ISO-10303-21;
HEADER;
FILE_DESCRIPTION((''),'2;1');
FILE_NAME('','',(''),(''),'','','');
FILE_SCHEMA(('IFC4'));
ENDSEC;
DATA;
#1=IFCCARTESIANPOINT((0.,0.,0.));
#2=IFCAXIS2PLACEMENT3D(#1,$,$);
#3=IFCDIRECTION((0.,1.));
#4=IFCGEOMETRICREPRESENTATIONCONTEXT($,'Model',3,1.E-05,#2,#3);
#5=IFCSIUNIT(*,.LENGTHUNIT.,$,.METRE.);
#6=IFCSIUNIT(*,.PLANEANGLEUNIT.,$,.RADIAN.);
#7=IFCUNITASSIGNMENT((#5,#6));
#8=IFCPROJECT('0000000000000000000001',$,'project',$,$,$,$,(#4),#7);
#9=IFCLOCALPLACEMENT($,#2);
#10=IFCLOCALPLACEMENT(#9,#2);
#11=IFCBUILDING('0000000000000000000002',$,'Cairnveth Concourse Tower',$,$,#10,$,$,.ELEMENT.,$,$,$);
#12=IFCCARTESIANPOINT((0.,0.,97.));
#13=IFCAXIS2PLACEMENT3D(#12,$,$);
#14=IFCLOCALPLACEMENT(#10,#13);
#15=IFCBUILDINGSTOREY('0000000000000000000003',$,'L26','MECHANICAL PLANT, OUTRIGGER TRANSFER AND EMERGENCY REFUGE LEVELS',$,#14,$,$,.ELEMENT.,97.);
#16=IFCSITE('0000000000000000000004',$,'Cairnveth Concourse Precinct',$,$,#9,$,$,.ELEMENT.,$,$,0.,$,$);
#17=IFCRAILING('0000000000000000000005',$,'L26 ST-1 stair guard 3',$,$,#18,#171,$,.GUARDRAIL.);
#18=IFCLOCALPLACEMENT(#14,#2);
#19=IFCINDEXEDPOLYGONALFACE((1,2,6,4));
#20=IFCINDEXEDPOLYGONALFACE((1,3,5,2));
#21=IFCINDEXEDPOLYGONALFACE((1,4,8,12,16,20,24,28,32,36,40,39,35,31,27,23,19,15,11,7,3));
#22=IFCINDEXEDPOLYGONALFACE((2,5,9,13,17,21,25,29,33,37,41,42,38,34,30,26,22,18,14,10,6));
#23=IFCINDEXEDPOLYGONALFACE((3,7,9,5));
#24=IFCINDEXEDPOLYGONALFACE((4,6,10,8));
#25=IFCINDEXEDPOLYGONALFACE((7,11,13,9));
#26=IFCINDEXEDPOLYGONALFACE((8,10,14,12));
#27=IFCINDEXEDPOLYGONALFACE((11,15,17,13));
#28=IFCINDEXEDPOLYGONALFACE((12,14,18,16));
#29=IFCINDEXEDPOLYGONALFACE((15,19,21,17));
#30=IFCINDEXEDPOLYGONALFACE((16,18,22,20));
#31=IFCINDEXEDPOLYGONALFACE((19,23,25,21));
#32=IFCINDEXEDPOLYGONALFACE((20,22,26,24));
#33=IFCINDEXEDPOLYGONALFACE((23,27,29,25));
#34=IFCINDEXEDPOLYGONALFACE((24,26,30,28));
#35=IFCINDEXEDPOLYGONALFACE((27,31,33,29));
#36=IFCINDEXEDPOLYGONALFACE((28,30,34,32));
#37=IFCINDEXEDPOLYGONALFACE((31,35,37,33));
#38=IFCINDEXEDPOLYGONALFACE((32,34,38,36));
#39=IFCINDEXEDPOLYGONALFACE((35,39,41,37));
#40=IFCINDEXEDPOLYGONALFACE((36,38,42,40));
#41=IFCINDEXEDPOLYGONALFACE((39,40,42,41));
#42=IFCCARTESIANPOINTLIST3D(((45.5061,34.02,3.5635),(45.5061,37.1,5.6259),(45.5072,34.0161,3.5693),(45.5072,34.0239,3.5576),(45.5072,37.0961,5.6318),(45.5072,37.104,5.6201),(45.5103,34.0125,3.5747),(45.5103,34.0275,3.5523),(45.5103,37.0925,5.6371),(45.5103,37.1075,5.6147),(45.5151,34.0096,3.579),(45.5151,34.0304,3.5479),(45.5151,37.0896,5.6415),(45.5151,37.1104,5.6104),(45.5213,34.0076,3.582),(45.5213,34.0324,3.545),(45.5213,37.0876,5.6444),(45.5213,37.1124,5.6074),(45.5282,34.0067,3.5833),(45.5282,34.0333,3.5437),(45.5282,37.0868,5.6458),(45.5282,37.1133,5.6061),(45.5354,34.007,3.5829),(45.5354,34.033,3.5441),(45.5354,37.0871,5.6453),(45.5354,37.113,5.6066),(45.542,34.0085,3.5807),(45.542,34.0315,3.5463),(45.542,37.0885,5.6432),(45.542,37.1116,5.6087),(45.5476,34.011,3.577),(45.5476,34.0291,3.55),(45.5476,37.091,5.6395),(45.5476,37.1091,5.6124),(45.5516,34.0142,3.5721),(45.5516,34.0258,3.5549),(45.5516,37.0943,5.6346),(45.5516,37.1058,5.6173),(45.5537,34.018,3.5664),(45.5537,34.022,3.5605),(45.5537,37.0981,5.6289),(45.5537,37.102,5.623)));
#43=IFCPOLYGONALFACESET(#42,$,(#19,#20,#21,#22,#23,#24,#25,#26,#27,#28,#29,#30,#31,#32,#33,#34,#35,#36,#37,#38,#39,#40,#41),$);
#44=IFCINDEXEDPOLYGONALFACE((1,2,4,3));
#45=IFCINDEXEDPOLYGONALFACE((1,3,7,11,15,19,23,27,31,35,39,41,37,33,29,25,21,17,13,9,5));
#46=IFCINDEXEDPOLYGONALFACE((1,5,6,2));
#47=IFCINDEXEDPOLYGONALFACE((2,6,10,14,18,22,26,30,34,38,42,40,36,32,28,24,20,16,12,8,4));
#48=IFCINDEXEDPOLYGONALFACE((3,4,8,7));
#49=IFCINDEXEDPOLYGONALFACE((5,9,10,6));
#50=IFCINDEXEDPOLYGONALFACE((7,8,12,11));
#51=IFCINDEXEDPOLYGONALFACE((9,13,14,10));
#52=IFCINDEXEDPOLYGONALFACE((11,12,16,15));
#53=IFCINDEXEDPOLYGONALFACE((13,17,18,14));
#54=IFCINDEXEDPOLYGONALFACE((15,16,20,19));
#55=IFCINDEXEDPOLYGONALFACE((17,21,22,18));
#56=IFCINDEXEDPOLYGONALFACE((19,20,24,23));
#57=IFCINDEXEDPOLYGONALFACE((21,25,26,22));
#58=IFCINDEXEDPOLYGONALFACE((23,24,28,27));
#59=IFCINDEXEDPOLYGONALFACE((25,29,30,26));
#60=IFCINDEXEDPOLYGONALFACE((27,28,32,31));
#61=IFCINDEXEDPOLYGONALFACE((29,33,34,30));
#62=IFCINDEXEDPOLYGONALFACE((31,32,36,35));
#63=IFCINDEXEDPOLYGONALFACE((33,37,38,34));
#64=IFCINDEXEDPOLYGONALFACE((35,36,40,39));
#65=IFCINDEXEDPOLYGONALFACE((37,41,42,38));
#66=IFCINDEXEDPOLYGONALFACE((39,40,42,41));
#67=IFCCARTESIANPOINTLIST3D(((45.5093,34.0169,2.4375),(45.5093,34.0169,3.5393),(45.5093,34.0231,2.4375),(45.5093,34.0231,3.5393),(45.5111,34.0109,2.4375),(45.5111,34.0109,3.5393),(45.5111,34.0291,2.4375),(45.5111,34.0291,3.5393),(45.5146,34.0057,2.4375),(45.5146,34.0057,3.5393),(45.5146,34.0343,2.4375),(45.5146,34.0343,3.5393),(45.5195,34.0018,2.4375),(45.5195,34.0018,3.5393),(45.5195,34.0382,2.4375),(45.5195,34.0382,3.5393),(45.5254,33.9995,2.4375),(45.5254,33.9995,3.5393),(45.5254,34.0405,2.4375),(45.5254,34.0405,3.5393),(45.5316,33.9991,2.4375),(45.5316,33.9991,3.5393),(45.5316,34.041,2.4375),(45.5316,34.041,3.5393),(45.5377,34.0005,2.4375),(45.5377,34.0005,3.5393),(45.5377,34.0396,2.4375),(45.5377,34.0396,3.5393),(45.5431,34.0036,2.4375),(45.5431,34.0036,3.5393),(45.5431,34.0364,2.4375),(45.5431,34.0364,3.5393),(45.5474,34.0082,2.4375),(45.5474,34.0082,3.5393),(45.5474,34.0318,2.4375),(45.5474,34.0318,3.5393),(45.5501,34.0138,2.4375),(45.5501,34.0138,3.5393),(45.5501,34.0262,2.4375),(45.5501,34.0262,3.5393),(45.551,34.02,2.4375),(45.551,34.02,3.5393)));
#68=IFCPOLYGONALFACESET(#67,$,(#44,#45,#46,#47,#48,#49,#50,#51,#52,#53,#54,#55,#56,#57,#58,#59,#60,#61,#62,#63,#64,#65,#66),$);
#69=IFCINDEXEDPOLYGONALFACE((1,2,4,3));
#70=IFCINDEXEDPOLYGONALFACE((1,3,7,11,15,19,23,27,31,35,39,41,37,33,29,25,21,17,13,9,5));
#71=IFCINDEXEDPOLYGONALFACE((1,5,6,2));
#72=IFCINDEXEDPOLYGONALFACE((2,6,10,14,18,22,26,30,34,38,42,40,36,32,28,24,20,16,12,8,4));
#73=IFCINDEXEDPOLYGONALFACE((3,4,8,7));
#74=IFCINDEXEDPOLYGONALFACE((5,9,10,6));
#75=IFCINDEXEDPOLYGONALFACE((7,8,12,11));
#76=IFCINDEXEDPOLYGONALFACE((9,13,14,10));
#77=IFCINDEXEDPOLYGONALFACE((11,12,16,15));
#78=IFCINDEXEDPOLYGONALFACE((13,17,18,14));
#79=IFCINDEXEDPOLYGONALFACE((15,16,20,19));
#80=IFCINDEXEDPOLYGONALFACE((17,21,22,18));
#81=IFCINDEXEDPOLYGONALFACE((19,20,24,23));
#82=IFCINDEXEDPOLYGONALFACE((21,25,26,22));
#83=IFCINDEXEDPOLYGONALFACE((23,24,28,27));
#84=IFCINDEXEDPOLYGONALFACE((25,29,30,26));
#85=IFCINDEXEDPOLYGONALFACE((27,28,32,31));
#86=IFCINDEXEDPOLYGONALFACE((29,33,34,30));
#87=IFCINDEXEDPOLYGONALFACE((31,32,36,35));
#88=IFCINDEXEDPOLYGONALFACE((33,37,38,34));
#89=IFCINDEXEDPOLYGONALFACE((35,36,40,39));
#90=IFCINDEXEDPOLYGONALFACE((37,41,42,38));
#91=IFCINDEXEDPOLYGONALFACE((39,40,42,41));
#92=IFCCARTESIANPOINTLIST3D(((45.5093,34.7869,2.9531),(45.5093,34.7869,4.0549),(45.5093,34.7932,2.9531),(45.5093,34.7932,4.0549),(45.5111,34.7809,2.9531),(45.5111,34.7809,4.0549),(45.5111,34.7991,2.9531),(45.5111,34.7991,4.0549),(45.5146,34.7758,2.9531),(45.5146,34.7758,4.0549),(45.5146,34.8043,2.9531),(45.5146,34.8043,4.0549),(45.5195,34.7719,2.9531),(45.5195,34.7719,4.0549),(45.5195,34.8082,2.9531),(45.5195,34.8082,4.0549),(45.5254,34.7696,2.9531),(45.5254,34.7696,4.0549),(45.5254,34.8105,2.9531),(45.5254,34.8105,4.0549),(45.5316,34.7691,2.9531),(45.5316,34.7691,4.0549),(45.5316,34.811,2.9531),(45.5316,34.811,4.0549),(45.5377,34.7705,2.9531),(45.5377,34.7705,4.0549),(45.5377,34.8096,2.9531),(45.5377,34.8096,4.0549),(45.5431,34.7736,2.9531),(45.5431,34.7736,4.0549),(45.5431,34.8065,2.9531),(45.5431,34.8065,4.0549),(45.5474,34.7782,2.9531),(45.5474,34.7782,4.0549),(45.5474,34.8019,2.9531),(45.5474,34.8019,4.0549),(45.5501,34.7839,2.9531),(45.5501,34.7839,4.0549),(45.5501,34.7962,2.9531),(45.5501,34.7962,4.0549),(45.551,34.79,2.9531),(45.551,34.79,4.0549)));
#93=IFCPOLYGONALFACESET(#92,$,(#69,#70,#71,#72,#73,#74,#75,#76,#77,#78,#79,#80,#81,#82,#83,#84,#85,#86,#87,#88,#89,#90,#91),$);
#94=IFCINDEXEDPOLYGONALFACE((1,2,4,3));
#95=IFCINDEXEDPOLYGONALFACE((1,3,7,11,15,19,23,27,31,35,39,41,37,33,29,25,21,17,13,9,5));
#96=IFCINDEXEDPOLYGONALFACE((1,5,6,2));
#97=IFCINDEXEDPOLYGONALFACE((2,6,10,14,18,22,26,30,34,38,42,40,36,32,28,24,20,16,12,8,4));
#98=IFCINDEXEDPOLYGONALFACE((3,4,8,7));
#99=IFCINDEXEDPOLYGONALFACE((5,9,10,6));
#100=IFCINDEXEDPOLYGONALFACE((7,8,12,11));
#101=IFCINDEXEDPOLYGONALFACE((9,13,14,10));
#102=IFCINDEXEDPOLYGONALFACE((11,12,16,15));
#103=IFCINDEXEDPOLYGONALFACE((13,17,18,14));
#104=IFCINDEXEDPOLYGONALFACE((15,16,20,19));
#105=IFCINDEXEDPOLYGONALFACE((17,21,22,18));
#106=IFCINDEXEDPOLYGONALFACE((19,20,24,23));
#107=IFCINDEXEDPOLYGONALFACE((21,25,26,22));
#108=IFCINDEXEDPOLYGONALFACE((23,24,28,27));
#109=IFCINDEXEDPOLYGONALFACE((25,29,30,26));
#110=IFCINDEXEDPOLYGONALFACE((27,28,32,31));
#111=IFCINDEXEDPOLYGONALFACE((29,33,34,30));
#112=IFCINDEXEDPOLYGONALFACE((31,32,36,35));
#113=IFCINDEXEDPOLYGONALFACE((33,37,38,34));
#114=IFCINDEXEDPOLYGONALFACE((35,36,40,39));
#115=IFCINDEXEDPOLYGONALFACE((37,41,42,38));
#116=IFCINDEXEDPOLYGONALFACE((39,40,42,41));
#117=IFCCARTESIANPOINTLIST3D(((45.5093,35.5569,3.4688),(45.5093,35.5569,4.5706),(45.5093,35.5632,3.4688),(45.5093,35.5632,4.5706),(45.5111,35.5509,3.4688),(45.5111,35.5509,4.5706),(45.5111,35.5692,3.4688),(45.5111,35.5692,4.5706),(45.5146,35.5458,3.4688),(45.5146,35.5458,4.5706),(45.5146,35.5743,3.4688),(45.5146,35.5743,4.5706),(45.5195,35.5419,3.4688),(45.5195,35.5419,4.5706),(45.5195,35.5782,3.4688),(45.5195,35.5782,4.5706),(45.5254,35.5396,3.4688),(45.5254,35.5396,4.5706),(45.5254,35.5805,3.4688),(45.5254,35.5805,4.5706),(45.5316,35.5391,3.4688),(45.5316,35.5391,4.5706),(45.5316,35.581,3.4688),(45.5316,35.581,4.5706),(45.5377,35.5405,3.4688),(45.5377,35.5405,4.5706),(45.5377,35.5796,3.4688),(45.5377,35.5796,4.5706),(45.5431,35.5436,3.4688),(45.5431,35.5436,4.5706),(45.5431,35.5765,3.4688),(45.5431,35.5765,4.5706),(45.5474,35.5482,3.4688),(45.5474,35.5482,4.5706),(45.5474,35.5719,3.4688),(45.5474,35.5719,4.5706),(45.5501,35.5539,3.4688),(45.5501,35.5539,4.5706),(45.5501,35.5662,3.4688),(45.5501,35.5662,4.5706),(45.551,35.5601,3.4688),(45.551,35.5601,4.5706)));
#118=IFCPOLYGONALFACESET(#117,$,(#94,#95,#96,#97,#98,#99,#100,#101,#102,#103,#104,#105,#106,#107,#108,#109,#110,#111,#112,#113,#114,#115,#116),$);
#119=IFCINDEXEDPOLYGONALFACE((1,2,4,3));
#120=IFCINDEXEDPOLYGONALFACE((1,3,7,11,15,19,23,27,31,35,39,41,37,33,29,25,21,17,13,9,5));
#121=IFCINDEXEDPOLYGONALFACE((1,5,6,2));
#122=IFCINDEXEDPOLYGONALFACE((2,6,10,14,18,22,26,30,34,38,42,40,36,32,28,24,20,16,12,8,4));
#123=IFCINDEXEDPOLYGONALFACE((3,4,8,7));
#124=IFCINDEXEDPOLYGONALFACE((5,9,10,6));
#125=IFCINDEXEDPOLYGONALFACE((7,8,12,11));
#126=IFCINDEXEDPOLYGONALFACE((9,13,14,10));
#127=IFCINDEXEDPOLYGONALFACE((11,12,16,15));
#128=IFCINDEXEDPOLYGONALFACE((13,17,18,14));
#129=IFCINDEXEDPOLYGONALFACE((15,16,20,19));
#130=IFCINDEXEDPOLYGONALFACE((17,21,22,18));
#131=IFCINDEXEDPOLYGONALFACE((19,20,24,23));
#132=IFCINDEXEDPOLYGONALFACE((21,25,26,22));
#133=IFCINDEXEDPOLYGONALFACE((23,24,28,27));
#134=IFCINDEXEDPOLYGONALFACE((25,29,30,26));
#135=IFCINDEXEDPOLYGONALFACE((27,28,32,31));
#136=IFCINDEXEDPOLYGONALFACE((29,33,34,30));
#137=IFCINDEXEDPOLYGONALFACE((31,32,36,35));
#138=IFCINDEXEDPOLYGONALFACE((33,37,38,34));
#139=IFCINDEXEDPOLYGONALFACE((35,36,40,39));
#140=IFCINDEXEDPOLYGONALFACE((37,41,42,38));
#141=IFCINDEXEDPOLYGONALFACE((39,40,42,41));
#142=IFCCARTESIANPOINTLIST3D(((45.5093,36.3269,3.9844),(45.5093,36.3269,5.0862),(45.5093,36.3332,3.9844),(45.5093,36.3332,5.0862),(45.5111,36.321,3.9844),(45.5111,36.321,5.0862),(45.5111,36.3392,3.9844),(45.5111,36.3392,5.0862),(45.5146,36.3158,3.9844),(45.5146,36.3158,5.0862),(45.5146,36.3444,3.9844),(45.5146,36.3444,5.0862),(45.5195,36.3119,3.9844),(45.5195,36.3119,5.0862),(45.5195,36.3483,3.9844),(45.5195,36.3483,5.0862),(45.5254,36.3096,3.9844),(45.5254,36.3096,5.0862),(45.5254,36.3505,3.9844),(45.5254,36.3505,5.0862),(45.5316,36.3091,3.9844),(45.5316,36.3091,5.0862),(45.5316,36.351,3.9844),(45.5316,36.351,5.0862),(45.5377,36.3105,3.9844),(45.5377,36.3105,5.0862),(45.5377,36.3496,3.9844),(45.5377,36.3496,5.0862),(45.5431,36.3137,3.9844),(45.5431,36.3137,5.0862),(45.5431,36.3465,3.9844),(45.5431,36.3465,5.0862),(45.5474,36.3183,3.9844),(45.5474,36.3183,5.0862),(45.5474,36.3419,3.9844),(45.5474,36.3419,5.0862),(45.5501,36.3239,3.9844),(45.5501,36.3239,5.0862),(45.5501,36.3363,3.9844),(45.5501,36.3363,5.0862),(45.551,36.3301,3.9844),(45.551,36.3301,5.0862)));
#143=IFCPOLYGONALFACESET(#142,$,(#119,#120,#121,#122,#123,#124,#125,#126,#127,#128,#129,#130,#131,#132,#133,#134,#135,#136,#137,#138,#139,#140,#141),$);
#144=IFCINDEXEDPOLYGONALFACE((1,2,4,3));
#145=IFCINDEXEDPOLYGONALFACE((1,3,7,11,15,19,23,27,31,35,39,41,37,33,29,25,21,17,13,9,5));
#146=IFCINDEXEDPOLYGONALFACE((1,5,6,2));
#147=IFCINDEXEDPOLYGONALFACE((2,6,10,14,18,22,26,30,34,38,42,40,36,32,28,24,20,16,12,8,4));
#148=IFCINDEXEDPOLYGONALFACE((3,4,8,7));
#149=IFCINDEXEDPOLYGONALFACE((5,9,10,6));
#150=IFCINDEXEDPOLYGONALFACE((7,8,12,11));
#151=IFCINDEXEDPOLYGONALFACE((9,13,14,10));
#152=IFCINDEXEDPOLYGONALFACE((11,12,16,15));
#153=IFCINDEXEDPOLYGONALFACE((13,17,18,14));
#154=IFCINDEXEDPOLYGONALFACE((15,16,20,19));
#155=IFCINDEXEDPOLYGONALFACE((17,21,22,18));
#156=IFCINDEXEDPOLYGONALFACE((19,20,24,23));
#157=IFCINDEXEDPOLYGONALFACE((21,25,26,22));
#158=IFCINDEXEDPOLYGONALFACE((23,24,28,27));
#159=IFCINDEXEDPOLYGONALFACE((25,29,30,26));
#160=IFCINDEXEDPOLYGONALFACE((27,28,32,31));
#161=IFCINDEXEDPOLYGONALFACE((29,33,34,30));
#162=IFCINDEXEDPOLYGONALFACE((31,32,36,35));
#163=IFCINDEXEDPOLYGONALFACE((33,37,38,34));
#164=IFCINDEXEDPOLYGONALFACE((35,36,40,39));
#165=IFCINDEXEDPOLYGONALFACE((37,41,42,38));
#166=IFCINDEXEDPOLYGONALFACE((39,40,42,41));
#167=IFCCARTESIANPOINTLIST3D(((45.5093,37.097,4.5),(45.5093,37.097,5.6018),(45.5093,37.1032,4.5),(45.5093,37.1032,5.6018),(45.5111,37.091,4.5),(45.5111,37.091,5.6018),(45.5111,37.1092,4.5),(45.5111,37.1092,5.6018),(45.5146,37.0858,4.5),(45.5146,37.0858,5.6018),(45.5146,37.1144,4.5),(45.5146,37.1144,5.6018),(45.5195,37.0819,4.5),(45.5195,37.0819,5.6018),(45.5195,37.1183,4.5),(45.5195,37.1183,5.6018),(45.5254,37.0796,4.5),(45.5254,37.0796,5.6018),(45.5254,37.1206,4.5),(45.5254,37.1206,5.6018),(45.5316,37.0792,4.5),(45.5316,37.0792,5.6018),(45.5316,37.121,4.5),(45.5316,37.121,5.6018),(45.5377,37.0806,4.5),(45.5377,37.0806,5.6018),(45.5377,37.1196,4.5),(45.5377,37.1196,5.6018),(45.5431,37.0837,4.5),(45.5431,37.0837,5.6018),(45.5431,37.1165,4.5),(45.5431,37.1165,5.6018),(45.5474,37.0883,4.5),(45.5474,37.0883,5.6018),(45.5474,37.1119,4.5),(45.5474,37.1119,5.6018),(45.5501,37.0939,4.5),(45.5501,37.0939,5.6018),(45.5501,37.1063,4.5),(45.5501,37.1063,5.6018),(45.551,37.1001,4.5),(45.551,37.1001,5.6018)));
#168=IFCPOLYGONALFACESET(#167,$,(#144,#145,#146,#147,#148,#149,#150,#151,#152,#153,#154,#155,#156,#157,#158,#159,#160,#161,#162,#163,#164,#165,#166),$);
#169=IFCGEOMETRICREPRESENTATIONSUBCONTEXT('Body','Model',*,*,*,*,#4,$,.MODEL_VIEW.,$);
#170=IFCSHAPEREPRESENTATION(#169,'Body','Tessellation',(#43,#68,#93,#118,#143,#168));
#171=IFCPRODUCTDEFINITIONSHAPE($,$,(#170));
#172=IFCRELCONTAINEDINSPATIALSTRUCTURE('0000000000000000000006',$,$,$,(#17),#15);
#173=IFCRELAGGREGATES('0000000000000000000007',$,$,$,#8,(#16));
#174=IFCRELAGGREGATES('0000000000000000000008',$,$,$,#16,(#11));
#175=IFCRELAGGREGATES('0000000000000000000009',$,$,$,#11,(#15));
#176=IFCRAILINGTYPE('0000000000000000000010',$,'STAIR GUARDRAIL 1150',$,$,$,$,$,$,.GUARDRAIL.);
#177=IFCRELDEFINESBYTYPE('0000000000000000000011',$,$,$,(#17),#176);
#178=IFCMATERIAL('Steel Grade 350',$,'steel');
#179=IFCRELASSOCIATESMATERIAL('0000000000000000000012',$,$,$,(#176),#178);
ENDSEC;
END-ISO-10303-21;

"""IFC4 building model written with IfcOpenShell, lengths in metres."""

from ifc_helpers import new_model, si_unit, direction, frame, origin, origin_2d, place, context, subcontext, project, spatial, circle, extrude, material, type_object, element, save


model = new_model("IFC4")

# Units and contexts
model_context = context("Model", 3, precision=1e-05, world=origin(), true_north=direction((0.0, 1.0)))
body_context = subcontext(model_context, "Body", "Model", "MODEL_VIEW")
ifc_project = project(units=[si_unit("LENGTHUNIT", "METRE"), si_unit("PLANEANGLEUNIT", "RADIAN")], contexts=[model_context])

# Site, building, storey
site_placement = place(None, origin())
site = spatial("IfcSite", under=ifc_project, at=site_placement, Name="Cairnveth Concourse Precinct", CompositionType="ELEMENT", RefElevation=0.0)
building_placement = place(site_placement, origin())
building = spatial("IfcBuilding", under=site, at=building_placement, Name="Cairnveth Concourse Tower", CompositionType="ELEMENT")
storey_placement = place(building_placement, frame((0.0, 0.0, 97.0)))
storey = spatial("IfcBuildingStorey", under=building, at=storey_placement, Name="L26", Description="MECHANICAL PLANT, OUTRIGGER TRANSFER AND EMERGENCY REFUGE LEVELS", CompositionType="ELEMENT", Elevation=97.0)

# Shared definitions
ifc_material_1 = material(Name="Steel Grade 350", Category="steel")

# Railing
railing_type_1 = type_object("IfcRailingType", Name="STAIR GUARDRAIL 1150", PredefinedType="GUARDRAIL", material=ifc_material_1)
railing_1_placement = place(storey_placement, frame((45.53, 34.02, 2.4375)))
element("IfcRailing", 1, at=railing_1_placement, inside=storey, type_object=railing_type_1, Name="L26 ST-1 stair guard 3", PredefinedType="GUARDRAIL", context=body_context, shape_type="SweptSolid", body=[
    extrude(circle(Radius=0.0239, at=origin_2d()), frame((0.0, 0.0, 1.126), z_axis=(0.0, 0.830914, 0.556401), x_axis=(-1.0, 0.0, 0.0)), (0.0, 0.0, 1.0), 3.7068),
    extrude(circle(Radius=0.021, at=origin_2d()), origin(), (0.0, 0.0, 1.0), 1.1018),
    extrude(circle(Radius=0.021, at=origin_2d()), frame((0.0, 0.77, 0.5156)), (0.0, 0.0, 1.0), 1.1018),
    extrude(circle(Radius=0.021, at=origin_2d()), frame((0.0, 1.54, 1.0312)), (0.0, 0.0, 1.0), 1.1018),
    extrude(circle(Radius=0.021, at=origin_2d()), frame((0.0, 2.3101, 1.5469)), (0.0, 0.0, 1.0), 1.1018),
    extrude(circle(Radius=0.021, at=origin_2d()), frame((0.0, 3.0801, 2.0625)), (0.0, 0.0, 1.0), 1.1018),
])

save(model, "model.ifc")
